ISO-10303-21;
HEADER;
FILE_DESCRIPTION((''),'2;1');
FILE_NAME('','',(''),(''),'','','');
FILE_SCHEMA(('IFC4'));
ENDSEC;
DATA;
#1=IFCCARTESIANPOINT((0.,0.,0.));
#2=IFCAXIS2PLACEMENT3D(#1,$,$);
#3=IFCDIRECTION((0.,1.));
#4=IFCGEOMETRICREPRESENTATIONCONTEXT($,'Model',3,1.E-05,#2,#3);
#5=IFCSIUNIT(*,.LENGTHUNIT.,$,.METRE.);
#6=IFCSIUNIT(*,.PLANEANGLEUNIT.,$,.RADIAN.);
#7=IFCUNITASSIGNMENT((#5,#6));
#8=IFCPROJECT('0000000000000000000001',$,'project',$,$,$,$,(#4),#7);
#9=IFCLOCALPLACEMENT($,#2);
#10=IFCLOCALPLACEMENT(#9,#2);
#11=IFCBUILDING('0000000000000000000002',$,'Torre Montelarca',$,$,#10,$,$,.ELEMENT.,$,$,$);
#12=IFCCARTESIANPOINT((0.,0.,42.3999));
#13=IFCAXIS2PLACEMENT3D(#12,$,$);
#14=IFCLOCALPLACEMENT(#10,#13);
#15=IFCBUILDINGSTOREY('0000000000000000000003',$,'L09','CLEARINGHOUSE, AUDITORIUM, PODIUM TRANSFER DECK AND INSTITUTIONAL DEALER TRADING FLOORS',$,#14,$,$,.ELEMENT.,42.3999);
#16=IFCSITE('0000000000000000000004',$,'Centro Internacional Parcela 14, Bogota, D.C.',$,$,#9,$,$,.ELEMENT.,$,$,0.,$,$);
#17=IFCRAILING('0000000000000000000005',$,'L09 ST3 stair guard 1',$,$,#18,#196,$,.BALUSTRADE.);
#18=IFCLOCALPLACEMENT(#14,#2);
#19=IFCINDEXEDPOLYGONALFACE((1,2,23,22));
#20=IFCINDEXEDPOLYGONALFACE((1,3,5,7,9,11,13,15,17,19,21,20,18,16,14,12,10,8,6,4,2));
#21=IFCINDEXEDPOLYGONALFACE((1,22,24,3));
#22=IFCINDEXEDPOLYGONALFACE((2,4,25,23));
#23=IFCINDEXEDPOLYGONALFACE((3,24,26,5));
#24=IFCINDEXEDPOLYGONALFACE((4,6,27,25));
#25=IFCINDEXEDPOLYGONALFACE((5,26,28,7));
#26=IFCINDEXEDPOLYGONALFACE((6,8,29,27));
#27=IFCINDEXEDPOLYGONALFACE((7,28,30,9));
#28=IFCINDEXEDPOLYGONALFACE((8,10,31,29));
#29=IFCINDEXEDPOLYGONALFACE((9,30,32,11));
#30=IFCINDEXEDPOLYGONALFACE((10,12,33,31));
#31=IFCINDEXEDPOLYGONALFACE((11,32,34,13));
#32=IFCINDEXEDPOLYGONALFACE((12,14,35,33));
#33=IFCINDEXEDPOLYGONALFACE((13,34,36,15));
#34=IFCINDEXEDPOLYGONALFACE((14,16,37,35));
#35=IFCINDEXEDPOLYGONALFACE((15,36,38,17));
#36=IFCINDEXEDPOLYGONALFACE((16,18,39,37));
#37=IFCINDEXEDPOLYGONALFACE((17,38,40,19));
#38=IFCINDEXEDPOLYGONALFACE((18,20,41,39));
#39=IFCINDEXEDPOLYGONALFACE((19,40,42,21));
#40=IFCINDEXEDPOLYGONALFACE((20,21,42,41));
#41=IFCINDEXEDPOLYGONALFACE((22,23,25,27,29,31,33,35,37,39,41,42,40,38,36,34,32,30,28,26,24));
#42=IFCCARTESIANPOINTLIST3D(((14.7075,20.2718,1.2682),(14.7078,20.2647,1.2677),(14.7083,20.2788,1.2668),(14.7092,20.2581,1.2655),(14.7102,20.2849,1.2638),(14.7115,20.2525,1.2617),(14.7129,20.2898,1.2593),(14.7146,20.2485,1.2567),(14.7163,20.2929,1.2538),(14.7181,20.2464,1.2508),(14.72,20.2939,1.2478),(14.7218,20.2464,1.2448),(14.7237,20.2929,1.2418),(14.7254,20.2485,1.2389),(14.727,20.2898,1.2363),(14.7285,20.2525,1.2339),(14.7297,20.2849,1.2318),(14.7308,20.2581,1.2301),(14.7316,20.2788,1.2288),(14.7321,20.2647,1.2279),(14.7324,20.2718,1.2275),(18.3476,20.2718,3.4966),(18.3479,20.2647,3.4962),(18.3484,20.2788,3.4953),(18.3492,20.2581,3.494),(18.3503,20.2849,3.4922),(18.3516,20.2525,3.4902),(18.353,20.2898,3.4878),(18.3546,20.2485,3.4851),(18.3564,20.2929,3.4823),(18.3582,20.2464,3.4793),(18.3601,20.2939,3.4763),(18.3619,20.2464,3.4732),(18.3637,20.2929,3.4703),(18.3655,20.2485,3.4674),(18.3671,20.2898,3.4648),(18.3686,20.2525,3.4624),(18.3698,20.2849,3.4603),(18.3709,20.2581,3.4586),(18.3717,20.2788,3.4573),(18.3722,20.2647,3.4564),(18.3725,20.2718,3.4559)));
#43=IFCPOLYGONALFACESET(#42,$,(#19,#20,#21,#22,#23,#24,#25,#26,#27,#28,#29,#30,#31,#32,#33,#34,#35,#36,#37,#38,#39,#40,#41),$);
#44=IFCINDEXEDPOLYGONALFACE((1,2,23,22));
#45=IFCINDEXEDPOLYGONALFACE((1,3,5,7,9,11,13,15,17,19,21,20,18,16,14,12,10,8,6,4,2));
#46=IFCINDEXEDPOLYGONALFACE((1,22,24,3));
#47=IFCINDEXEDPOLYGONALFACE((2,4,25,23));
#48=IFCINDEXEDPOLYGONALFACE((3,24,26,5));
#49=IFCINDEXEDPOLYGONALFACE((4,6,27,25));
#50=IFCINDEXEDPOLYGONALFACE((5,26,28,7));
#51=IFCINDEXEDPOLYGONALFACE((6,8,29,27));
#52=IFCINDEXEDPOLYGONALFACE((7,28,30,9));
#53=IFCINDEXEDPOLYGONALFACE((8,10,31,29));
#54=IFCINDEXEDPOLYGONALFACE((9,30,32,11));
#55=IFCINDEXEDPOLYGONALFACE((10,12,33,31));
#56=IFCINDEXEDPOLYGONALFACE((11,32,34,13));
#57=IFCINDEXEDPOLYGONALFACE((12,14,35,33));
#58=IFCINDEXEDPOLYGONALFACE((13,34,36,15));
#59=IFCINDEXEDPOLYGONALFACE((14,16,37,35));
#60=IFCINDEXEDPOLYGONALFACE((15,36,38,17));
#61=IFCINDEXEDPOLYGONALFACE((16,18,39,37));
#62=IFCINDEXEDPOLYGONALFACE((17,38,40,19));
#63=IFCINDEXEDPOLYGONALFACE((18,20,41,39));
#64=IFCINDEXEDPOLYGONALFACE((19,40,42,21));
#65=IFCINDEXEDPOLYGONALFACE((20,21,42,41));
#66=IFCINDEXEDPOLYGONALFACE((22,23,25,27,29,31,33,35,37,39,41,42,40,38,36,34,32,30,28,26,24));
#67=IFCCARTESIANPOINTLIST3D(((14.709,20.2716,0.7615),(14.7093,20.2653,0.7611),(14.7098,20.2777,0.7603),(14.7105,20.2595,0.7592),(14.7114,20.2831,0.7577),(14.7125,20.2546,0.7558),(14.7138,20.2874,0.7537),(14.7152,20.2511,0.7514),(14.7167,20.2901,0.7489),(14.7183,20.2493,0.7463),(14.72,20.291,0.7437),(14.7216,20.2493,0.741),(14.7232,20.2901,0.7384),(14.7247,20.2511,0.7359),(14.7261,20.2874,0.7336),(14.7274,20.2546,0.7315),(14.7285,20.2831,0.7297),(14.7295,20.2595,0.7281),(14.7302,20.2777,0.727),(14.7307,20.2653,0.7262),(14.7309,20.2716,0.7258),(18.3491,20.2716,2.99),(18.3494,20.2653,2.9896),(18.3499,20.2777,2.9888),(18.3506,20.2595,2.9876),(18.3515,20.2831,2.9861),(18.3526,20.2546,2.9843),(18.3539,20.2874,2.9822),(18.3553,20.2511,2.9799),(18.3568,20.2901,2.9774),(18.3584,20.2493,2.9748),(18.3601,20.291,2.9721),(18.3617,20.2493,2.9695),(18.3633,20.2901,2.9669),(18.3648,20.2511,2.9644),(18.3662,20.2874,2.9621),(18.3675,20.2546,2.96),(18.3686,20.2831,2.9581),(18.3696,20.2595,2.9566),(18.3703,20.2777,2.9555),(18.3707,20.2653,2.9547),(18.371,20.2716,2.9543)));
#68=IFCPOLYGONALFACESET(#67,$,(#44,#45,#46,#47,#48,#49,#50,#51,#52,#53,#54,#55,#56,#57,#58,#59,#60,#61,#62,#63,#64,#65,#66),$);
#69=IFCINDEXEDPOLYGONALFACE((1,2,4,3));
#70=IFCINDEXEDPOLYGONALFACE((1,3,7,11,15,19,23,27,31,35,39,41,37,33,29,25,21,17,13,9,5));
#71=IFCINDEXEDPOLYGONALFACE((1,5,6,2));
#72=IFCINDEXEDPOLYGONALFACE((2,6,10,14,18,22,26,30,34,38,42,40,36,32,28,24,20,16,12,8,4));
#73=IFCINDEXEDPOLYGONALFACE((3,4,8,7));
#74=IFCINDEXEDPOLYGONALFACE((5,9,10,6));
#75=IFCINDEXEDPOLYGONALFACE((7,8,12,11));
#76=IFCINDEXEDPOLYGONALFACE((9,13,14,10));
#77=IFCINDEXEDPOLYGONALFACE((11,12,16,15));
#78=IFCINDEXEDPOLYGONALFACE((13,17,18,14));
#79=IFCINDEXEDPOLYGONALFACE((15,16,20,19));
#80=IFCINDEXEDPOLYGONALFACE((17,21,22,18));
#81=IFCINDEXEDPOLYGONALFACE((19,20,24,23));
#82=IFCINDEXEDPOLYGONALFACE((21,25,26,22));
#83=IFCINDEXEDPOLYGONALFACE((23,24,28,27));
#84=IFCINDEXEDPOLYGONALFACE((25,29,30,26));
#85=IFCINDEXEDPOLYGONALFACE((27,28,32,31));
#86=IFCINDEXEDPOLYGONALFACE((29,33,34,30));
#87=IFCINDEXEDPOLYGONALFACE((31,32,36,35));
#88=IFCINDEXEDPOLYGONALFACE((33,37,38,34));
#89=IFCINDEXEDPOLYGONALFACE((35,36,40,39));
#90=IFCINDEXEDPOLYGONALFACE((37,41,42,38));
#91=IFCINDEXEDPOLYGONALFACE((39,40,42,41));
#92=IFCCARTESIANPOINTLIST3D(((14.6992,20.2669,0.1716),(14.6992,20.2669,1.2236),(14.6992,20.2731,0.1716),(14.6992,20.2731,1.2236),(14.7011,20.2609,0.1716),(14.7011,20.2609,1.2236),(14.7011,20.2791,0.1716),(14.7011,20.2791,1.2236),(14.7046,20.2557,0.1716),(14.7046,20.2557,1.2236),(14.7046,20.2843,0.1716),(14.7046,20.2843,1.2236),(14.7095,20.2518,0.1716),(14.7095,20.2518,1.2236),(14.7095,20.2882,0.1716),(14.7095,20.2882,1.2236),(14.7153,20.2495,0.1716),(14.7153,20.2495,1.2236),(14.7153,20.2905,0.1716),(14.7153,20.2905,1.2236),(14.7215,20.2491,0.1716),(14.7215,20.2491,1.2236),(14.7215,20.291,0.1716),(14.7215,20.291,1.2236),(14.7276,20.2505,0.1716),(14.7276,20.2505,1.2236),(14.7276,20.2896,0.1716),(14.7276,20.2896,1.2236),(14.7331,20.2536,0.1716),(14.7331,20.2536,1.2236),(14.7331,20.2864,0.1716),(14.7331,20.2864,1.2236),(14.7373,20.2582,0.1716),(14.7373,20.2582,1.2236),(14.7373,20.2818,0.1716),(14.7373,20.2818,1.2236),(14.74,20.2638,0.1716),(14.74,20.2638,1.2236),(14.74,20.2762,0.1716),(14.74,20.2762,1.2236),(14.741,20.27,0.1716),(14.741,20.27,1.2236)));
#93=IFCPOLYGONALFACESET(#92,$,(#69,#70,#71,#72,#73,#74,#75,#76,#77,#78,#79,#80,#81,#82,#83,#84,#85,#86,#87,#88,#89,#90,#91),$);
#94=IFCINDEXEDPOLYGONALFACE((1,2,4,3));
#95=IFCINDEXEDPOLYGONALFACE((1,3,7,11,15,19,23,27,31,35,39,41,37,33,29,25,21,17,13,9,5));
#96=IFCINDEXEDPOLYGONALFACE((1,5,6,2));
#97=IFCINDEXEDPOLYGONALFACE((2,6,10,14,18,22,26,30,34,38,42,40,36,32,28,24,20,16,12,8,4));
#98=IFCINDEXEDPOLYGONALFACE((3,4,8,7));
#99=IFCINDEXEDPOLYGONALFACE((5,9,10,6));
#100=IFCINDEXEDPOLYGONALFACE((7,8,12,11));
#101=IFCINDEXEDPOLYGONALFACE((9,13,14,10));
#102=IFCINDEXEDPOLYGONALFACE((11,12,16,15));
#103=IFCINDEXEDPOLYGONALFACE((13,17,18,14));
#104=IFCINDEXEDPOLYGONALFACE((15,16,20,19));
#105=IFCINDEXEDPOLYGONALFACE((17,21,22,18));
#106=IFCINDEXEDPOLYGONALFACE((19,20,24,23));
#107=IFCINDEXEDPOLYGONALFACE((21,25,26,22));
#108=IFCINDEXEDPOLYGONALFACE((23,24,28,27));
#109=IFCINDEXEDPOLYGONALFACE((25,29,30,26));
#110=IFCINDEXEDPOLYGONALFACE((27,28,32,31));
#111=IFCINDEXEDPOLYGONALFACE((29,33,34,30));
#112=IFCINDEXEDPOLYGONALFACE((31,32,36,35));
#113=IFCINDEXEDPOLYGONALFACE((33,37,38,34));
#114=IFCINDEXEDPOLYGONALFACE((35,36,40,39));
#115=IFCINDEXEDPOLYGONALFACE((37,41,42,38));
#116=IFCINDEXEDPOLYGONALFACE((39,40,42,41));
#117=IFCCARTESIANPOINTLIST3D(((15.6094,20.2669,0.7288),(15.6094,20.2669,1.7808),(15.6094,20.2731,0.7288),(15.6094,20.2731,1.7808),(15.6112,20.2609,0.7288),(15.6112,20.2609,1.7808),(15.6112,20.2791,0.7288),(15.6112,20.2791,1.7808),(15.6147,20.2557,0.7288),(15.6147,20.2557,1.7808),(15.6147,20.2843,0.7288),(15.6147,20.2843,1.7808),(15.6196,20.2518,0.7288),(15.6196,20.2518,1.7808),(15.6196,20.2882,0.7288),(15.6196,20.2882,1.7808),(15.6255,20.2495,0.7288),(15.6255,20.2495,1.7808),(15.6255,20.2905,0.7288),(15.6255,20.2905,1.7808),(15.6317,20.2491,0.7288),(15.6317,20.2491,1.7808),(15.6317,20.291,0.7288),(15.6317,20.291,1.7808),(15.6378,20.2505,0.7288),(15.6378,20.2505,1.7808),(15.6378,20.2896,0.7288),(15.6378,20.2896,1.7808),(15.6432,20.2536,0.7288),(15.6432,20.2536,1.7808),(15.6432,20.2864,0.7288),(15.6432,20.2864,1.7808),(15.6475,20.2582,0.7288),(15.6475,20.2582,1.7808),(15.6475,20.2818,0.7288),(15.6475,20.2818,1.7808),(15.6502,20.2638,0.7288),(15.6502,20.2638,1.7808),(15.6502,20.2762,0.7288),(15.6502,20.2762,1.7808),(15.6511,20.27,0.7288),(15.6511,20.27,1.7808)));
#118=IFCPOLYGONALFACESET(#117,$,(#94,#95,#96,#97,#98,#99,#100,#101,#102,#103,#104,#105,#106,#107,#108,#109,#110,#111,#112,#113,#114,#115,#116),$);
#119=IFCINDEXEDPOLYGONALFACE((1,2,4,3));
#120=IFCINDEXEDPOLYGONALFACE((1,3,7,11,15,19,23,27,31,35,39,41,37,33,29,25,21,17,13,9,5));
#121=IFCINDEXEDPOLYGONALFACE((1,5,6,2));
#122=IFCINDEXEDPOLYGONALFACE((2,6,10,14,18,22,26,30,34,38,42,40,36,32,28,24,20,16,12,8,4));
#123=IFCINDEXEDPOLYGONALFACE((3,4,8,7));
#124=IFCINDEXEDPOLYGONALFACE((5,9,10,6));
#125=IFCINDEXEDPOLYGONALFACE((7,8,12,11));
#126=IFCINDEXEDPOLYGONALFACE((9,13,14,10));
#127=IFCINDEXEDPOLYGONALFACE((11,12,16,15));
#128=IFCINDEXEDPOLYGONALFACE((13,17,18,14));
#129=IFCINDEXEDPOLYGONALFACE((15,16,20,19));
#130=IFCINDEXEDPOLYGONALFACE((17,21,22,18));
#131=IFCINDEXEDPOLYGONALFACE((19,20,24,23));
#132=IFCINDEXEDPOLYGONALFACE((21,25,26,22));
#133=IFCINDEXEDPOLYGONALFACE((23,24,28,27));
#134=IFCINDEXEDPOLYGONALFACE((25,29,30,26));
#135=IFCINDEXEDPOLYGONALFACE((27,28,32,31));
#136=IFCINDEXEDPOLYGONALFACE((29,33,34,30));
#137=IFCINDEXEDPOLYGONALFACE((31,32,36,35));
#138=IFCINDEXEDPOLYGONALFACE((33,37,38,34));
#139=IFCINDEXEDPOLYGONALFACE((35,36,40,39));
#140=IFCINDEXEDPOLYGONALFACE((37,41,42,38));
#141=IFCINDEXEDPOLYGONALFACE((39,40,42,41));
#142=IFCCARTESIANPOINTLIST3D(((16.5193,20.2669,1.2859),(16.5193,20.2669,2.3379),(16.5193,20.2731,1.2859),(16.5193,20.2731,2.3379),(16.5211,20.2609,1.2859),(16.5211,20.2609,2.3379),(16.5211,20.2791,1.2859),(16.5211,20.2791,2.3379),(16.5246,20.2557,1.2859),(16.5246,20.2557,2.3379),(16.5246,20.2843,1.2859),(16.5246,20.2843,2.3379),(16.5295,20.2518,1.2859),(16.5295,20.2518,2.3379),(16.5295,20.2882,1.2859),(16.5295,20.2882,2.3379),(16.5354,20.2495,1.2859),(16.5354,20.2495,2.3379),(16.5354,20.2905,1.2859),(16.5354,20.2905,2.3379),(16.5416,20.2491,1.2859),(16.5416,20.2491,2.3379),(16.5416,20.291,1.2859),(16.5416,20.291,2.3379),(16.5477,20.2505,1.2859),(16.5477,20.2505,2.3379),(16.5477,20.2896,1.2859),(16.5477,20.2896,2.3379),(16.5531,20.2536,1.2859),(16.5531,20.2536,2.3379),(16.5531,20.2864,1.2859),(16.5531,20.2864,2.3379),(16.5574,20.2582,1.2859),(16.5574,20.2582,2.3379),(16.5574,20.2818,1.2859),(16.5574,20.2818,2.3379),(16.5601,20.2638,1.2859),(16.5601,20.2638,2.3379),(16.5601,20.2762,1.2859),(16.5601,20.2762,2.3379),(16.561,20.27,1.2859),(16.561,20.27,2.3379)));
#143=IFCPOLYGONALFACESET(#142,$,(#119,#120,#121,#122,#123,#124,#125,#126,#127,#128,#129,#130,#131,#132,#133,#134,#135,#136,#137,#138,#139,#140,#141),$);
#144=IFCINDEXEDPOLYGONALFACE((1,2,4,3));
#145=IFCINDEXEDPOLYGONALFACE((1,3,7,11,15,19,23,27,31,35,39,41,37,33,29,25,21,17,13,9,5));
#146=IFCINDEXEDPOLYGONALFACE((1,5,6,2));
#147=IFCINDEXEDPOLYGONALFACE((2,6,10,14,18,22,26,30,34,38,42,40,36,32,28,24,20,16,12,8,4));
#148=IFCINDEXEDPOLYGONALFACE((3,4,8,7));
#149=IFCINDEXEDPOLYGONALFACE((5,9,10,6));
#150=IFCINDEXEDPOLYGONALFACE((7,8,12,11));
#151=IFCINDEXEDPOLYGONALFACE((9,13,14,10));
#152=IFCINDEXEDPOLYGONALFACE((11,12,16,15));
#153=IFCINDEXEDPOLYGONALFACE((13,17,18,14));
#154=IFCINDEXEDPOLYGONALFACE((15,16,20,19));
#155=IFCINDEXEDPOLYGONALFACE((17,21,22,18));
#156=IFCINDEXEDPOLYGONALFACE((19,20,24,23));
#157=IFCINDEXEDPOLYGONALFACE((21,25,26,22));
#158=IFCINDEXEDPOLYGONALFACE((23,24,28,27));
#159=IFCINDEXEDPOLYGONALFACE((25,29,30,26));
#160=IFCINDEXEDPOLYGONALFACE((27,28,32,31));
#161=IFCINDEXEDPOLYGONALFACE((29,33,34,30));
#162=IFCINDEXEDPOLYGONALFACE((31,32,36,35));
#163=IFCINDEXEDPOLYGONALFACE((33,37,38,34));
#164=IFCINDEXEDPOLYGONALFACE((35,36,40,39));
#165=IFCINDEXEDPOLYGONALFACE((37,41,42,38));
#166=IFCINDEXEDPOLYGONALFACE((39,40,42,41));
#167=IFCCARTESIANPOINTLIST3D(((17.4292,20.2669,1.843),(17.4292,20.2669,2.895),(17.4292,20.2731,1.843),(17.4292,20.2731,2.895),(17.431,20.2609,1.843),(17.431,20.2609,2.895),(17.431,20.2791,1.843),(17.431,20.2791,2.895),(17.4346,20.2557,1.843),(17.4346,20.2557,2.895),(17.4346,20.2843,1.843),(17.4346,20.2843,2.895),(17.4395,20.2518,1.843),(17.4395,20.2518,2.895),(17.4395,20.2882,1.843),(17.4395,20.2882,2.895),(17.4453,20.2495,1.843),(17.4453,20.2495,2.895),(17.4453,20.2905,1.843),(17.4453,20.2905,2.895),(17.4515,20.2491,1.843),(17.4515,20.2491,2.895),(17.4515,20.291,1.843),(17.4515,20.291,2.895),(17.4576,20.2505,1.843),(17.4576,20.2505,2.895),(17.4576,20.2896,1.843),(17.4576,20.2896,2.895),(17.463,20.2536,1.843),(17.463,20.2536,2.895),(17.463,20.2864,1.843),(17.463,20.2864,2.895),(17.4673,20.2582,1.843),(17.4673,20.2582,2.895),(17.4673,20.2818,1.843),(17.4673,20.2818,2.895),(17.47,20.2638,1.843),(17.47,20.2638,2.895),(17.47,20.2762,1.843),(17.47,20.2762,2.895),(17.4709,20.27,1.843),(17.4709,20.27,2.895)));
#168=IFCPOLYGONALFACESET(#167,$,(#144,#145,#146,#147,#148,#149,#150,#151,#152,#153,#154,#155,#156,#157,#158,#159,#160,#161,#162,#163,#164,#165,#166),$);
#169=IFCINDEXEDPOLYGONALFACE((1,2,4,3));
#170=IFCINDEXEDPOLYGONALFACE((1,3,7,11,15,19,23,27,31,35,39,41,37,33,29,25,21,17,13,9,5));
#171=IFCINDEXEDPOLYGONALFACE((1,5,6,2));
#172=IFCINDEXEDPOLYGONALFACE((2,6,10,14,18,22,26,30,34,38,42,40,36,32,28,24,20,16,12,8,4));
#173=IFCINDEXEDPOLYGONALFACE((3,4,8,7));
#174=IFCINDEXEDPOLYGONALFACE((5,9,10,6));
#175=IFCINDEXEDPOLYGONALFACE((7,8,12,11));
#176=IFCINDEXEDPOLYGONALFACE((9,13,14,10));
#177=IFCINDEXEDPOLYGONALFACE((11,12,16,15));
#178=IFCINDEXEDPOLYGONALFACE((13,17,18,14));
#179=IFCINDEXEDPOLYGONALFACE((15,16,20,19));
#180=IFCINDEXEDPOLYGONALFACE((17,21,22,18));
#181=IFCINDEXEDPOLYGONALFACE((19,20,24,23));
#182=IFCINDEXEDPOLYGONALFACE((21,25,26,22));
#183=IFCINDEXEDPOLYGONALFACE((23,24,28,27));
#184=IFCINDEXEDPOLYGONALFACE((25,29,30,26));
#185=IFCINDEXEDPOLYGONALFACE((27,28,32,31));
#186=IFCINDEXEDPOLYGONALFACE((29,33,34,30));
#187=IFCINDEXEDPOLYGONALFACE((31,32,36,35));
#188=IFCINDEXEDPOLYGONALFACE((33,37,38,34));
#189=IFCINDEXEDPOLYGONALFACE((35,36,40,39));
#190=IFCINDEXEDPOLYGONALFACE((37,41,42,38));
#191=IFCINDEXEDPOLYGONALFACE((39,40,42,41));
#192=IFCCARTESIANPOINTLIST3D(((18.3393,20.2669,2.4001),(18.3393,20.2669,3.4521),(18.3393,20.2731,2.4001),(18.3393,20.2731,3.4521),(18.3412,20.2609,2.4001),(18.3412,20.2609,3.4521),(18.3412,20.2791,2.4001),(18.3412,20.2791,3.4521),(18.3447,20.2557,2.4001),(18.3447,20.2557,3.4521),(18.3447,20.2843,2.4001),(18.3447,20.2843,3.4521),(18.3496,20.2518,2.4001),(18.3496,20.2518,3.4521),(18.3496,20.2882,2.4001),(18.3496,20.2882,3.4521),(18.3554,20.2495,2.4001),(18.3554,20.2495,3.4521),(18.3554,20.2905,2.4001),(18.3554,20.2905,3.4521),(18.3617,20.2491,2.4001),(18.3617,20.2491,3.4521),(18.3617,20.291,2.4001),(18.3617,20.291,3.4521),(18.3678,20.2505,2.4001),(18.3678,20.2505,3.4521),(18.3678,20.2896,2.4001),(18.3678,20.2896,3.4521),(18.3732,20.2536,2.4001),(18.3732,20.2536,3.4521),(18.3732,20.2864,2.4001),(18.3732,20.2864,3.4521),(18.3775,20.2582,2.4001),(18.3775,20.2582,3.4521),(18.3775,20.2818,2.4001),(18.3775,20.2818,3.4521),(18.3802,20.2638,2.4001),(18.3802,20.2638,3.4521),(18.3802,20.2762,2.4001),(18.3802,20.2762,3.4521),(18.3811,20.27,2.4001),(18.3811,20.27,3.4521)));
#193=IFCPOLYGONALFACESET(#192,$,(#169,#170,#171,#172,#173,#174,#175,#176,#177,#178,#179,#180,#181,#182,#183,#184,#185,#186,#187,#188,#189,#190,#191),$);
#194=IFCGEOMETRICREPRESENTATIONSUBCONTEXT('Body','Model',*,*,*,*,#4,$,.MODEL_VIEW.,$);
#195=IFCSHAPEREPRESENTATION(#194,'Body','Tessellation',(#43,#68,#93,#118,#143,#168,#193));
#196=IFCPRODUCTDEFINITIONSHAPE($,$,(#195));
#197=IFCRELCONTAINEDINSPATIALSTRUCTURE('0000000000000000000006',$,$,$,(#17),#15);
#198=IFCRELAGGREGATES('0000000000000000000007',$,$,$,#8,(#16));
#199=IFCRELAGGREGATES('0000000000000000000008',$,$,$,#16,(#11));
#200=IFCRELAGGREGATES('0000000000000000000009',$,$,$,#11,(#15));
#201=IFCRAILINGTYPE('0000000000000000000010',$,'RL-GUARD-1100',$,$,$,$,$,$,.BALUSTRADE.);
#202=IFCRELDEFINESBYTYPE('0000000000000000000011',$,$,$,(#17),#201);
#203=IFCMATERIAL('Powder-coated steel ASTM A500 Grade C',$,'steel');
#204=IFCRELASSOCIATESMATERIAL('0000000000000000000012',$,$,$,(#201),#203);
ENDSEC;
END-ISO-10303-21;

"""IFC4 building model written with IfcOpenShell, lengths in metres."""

from ifc_helpers import new_model, si_unit, direction, frame, origin, origin_2d, place, context, subcontext, project, spatial, circle, extrude, material, type_object, element, save


model = new_model("IFC4")

# Units and contexts
model_context = context("Model", 3, precision=1e-05, world=origin(), true_north=direction((0.0, 1.0)))
body_context = subcontext(model_context, "Body", "Model", "MODEL_VIEW")
ifc_project = project(units=[si_unit("LENGTHUNIT", "METRE"), si_unit("PLANEANGLEUNIT", "RADIAN")], contexts=[model_context])

# Site, building, storey
site_placement = place(None, origin())
site = spatial("IfcSite", under=ifc_project, at=site_placement, Name="Centro Internacional Parcela 14, Bogota, D.C.", CompositionType="ELEMENT", RefElevation=0.0)
building_placement = place(site_placement, origin())
building = spatial("IfcBuilding", under=site, at=building_placement, Name="Torre Montelarca", CompositionType="ELEMENT")
storey_placement = place(building_placement, frame((0.0, 0.0, 42.3999)))
storey = spatial("IfcBuildingStorey", under=building, at=storey_placement, Name="L09", Description="CLEARINGHOUSE, AUDITORIUM, PODIUM TRANSFER DECK AND INSTITUTIONAL DEALER TRADING FLOORS", CompositionType="ELEMENT", Elevation=42.3999)

# Railing
ifc_material_1 = material(Name="Powder-coated steel ASTM A500 Grade C", Category="steel")
railing_type_1 = type_object("IfcRailingType", Name="RL-GUARD-1100", PredefinedType="BALUSTRADE", material=ifc_material_1)
railing_1_placement = place(storey_placement, frame((14.72, 20.27, 0.1716)))
element("IfcRailing", 1, at=railing_1_placement, inside=storey, type_object=railing_type_1, Name="L09 ST3 stair guard 1", PredefinedType="BALUSTRADE", context=body_context, shape_type="SweptSolid", body=[
    extrude(circle(Radius=0.0239, at=origin_2d()), frame((0.0, 0.0, 1.0762), z_axis=(0.852866, 0.0, 0.52213), x_axis=(0.0, 1.0, 0.0)), (0.0, 0.0, 1.0), 4.2681),
    extrude(circle(Radius=0.021, at=origin_2d()), frame((0.0, 0.0, 0.572), z_axis=(0.852866, 0.0, 0.52213), x_axis=(0.0, 1.0, 0.0)), (0.0, 0.0, 1.0), 4.2681),
    extrude(circle(Radius=0.021, at=origin_2d()), origin(), (0.0, 0.0, 1.0), 1.052),
    extrude(circle(Radius=0.021, at=origin_2d()), frame((0.9102, 0.0, 0.5571)), (0.0, 0.0, 1.0), 1.052),
    extrude(circle(Radius=0.021, at=origin_2d()), frame((1.8201, 0.0, 1.1143)), (0.0, 0.0, 1.0), 1.052),
    extrude(circle(Radius=0.021, at=origin_2d()), frame((2.73, 0.0, 1.6714)), (0.0, 0.0, 1.0), 1.052),
    extrude(circle(Radius=0.021, at=origin_2d()), frame((3.6401, 0.0, 2.2285)), (0.0, 0.0, 1.0), 1.052),
])

save(model, "model.ifc")
